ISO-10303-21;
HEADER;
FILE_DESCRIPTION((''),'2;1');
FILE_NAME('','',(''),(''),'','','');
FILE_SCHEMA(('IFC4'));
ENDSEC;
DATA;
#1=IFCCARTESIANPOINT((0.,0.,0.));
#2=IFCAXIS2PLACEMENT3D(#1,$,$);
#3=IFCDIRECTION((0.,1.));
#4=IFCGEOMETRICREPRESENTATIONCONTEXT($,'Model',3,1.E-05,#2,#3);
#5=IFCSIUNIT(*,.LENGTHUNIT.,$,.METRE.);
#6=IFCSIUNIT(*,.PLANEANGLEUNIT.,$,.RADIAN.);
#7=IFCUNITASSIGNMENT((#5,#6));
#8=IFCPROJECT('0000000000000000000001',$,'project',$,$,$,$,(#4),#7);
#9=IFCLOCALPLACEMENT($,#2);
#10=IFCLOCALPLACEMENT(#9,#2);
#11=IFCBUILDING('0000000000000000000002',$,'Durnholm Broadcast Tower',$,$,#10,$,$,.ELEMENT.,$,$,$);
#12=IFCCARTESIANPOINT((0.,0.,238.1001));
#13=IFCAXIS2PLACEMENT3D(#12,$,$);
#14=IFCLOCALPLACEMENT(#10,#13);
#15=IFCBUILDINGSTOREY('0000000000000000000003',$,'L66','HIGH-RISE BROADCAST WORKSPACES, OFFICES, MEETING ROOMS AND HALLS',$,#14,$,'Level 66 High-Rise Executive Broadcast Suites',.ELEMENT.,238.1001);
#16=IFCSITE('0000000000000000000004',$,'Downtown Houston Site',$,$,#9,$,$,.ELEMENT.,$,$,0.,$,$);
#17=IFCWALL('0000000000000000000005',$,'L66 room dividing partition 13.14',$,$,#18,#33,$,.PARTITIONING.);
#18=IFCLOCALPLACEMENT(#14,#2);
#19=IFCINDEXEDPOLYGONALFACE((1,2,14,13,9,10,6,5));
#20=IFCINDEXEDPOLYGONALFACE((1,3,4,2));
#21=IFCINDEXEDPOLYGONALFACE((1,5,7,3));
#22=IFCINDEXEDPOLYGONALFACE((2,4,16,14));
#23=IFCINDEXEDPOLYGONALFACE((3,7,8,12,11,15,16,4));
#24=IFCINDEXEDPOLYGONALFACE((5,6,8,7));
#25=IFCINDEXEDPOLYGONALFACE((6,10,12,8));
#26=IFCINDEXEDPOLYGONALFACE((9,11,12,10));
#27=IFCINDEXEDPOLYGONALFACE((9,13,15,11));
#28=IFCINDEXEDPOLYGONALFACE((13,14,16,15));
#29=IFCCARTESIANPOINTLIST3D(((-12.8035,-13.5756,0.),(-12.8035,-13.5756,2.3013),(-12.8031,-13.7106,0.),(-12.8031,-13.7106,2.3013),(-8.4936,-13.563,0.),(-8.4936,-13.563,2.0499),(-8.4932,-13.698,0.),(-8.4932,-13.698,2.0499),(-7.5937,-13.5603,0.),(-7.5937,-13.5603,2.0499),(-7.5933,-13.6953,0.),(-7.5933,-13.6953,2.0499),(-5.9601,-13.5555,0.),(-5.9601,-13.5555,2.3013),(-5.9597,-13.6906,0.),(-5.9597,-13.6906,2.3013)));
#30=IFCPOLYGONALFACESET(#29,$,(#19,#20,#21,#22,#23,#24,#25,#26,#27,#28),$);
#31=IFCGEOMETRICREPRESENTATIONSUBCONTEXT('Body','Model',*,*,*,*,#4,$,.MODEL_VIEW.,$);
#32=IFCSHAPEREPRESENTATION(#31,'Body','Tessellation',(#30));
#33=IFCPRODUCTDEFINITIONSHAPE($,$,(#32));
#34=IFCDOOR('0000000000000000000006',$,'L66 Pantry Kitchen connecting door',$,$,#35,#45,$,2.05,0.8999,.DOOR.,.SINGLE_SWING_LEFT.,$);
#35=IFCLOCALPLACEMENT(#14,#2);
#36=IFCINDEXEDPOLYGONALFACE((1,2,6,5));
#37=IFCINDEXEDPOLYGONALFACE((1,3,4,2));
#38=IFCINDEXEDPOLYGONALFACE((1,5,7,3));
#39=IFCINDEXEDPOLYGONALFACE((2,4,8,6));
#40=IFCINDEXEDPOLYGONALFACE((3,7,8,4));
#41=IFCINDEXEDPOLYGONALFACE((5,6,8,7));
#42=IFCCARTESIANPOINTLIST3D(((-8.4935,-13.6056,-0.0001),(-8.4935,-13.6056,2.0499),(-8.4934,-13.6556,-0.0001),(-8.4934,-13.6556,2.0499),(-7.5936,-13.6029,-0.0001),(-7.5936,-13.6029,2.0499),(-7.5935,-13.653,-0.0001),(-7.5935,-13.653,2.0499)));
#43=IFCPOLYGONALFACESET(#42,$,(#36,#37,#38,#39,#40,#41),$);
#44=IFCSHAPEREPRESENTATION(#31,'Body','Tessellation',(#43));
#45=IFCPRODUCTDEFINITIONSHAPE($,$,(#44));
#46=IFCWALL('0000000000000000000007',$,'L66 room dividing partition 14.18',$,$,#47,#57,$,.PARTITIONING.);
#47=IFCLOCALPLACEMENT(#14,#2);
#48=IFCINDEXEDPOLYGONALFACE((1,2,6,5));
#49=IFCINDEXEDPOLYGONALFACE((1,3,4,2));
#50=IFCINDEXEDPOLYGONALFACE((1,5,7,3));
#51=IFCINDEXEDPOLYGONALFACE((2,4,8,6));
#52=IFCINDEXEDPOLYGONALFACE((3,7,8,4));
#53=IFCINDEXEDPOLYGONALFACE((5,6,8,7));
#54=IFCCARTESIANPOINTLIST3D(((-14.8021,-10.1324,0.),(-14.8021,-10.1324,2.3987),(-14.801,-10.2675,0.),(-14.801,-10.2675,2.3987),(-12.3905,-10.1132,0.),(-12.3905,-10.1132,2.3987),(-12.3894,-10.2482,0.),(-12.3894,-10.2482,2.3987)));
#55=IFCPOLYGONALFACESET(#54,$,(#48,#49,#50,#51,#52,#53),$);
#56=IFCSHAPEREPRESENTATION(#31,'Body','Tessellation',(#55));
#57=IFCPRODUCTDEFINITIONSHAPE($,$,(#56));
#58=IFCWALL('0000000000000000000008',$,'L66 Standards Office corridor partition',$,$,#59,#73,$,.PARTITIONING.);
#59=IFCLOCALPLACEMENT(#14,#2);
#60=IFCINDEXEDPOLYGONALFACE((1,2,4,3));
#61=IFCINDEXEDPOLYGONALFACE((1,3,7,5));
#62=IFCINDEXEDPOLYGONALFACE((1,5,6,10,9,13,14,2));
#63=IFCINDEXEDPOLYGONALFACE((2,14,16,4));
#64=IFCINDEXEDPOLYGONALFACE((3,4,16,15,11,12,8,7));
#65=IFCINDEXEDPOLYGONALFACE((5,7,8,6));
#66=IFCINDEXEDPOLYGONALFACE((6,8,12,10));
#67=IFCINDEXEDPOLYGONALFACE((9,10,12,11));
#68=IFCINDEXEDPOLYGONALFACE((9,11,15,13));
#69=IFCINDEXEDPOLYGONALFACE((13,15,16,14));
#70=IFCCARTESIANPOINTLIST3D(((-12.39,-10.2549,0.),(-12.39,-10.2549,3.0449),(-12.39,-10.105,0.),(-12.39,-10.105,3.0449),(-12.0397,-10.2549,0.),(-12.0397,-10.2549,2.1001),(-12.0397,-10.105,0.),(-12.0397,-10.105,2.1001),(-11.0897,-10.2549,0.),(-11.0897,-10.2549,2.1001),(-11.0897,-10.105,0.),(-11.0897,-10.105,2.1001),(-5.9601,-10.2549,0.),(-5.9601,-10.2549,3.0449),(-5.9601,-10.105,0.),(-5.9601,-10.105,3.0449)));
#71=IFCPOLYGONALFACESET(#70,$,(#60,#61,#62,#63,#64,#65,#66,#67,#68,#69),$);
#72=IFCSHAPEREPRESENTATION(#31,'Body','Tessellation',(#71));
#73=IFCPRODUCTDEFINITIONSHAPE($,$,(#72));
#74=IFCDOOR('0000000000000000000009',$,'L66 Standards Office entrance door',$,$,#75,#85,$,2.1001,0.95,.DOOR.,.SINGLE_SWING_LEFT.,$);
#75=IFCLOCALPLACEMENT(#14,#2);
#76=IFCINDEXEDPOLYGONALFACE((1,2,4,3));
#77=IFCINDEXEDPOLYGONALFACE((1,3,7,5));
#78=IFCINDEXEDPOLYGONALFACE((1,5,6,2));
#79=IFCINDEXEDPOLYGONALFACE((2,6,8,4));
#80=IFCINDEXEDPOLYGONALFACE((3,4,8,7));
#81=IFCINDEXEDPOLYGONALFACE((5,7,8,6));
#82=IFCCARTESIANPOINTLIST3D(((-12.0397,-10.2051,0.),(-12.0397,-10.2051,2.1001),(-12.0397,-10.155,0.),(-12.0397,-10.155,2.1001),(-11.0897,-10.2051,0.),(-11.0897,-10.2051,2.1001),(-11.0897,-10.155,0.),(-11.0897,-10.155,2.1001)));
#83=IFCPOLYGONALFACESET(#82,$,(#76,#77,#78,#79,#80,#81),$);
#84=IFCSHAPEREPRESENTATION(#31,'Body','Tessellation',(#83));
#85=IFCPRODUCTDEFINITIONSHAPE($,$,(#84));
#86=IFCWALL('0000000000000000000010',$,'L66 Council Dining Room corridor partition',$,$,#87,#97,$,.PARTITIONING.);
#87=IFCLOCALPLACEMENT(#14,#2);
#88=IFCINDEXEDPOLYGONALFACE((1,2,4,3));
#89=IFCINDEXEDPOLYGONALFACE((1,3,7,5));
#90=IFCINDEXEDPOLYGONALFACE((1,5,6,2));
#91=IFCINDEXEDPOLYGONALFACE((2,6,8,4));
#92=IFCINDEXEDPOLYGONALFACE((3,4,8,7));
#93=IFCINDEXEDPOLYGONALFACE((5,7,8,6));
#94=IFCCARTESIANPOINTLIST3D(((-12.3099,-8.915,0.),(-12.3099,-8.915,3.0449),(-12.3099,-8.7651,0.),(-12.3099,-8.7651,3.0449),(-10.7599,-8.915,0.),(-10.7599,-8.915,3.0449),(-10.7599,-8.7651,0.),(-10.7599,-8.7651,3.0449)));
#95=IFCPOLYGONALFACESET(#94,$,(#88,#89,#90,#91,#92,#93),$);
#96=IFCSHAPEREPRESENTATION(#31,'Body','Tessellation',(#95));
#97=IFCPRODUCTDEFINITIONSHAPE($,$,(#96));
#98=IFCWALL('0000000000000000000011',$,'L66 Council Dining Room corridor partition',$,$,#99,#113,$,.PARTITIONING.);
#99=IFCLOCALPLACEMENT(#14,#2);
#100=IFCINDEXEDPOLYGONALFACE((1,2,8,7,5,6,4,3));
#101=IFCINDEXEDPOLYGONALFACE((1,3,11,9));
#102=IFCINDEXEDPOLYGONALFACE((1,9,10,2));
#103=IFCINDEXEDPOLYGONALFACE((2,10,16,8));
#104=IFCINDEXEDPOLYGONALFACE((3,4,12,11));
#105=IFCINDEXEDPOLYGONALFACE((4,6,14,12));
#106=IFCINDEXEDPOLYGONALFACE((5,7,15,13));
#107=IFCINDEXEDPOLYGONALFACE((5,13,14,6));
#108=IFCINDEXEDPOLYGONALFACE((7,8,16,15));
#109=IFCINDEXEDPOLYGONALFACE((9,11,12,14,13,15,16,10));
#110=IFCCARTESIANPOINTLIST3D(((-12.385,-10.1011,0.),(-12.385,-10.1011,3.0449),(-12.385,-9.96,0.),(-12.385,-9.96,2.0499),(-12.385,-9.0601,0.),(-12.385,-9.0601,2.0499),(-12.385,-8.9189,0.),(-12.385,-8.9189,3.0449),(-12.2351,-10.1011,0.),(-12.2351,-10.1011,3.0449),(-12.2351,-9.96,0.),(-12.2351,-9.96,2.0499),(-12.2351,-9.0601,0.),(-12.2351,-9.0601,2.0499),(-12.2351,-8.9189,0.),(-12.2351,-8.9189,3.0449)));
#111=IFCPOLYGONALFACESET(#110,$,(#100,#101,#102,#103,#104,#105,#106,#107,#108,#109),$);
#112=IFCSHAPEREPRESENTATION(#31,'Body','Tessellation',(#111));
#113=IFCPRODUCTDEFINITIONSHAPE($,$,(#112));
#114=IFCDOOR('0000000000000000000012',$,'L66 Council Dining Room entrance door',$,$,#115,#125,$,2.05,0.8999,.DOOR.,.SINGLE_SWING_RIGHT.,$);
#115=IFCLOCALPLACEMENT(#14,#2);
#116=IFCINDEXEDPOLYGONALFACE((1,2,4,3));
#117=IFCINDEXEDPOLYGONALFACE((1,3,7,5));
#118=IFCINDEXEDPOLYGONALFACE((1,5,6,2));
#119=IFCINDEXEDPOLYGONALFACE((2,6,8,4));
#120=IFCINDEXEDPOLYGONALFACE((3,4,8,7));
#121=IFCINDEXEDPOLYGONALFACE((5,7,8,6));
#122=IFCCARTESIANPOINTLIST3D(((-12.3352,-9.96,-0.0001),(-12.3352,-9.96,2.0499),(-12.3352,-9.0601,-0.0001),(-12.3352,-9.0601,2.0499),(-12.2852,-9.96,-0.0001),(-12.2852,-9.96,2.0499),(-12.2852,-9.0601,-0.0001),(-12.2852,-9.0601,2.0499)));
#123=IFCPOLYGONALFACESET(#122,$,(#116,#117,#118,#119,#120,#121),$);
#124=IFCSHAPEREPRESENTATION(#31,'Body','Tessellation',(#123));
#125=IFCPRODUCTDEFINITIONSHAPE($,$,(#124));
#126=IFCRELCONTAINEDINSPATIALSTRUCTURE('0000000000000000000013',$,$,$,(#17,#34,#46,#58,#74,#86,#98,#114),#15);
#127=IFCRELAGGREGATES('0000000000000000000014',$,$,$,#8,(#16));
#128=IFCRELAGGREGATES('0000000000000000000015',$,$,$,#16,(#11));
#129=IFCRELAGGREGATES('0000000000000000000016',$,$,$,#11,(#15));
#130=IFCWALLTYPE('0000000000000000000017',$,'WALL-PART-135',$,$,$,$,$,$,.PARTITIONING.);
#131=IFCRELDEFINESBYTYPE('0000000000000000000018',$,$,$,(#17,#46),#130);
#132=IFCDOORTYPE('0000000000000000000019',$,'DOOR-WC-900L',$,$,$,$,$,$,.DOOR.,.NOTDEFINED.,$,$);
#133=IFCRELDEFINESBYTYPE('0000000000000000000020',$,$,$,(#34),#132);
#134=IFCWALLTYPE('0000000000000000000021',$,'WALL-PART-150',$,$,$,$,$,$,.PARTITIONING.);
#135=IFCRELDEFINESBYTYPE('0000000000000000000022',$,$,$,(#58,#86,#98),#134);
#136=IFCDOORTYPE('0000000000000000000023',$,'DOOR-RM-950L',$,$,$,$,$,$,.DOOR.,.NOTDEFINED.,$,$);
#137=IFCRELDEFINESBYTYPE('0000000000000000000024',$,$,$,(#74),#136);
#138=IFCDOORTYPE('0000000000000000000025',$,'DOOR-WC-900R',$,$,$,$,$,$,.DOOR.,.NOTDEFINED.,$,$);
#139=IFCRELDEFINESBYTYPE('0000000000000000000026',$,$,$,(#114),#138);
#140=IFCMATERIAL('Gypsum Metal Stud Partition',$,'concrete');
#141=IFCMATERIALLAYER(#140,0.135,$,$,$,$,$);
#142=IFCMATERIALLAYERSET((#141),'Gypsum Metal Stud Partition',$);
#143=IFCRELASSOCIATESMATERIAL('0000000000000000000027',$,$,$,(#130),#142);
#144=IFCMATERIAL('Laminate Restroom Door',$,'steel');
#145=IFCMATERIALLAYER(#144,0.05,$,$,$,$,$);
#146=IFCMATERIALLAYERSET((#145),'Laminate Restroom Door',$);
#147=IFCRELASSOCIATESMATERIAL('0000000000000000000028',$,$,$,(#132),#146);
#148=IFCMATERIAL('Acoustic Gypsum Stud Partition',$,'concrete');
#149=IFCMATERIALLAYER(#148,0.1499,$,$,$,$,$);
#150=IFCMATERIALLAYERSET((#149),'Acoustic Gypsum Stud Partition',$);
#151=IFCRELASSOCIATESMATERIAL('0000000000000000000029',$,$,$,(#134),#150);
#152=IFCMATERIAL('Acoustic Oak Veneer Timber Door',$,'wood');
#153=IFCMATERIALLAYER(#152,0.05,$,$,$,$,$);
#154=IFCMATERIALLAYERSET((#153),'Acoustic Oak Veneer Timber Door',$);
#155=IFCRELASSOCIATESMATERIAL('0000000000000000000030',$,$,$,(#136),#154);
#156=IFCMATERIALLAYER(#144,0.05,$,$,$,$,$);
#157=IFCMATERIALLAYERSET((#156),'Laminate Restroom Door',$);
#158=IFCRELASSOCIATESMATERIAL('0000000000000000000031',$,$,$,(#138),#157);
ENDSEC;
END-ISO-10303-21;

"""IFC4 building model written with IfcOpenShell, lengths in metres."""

from ifc_helpers import new_model, si_unit, direction, frame, frame_2d, origin, place, context, subcontext, project, spatial, rectangle, extrude, source, transform, mapped, material, layer, layer_set, type_object, type_shapes, element, fill, save


model = new_model("IFC4")

# Units and contexts
model_context = context("Model", 3, precision=1e-05, world=origin(), true_north=direction((0.0, 1.0)))
body_context = subcontext(model_context, "Body", "Model", "MODEL_VIEW")
ifc_project = project(units=[si_unit("LENGTHUNIT", "METRE"), si_unit("PLANEANGLEUNIT", "RADIAN")], contexts=[model_context])

# Site, building, storey
site_placement = place(None, origin())
site = spatial("IfcSite", under=ifc_project, at=site_placement, Name="Downtown Houston Site", CompositionType="ELEMENT", RefElevation=0.0)
building_placement = place(site_placement, origin())
building = spatial("IfcBuilding", under=site, at=building_placement, Name="Durnholm Broadcast Tower", CompositionType="ELEMENT")
storey_placement = place(building_placement, frame((0.0, 0.0, 238.1001)))
storey = spatial("IfcBuildingStorey", under=building, at=storey_placement, Name="L66", Description="HIGH-RISE BROADCAST WORKSPACES, OFFICES, MEETING ROOMS AND HALLS", LongName="Level 66 High-Rise Executive Broadcast Suites", CompositionType="ELEMENT", Elevation=238.1001)

# Wall, opening, door
ifc_material_1 = material(Name="Gypsum Metal Stud Partition", Category="concrete")
ifc_layer_1 = layer(ifc_material_1, 0.135)
ifc_layer_set_1 = layer_set([ifc_layer_1], Name="Gypsum Metal Stud Partition")
wall_type_1 = type_object("IfcWallType", Name="WALL-PART-135", PredefinedType="PARTITIONING", material=ifc_layer_set_1)
wall_1_placement = place(storey_placement, frame((-12.8035, -13.6431, 0.0), z_axis=(0.0, 0.0, 1.0), x_axis=(0.999996, 0.002925, 0.0)))
wall_1 = element("IfcWall", 1, at=wall_1_placement, inside=storey, type_object=wall_type_1, Name="L66 room dividing partition 13.14", PredefinedType="PARTITIONING", context=body_context, shape_type="SweptSolid", body=[
    extrude(rectangle(XDim=6.8435, YDim=0.135, at=frame_2d((3.4219, 0.0))), origin(), (0.0, 0.0, 1.0), 2.3013),
])
opening_1_placement = place(wall_1_placement, frame((4.3101, 0.0, 0.0)))
opening_1 = element("IfcOpeningElement", 2, at=opening_1_placement, cuts=wall_1, PredefinedType="OPENING", context=body_context, shape_type="SweptSolid", body=[
    extrude(rectangle(XDim=0.8999, YDim=2.05, at=frame_2d((0.45, 1.0249))), frame((0.0, 0.0776, 0.0), z_axis=(0.0, -1.0, 0.0), x_axis=(1.0, 0.0, 0.0)), (0.0, 0.0, 1.0), 0.155),
])
ifc_material_2 = material(Name="Laminate Restroom Door", Category="steel")
ifc_layer_2 = layer(ifc_material_2, 0.05)
ifc_layer_set_2 = layer_set([ifc_layer_2], Name="Laminate Restroom Door")
door_type_1 = type_object("IfcDoorType", Name="DOOR-WC-900L", OperationType="NOTDEFINED", PredefinedType="DOOR", material=ifc_layer_set_2)
shared_shape_1 = source(origin(), body_context, "Body", "SweptSolid", [
    extrude(rectangle(XDim=0.8999, YDim=2.05, at=frame_2d((0.45, 1.0249))), frame((0.0, 0.0249, 0.0), z_axis=(0.0, -1.0, 0.0), x_axis=(1.0, 0.0, 0.0)), (0.0, 0.0, 1.0), 0.05),
])
type_shapes(door_type_1, [shared_shape_1])
door_1_placement = place(opening_1_placement, origin())
door_1 = element("IfcDoor", 3, at=door_1_placement, inside=storey, type_object=door_type_1, Name="L66 Pantry Kitchen connecting door", OperationType="SINGLE_SWING_LEFT", OverallHeight=2.05, OverallWidth=0.8999, PredefinedType="DOOR", context=body_context, shape_type="MappedRepresentation", body=[
    mapped(shared_shape_1, transform((0.0, 0.0, 0.0), x_axis=(1.0, 0.0, 0.0), y_axis=(0.0, 1.0, 0.0), z_axis=(0.0, 0.0, 1.0), scale=1.0)),
])
fill(opening_1, door_1)

# Wall
wall_2_placement = place(storey_placement, frame((-14.8015, -10.2, 0.0), z_axis=(0.0, 0.0, 1.0), x_axis=(0.999968, 0.007997, 0.0)))
element("IfcWall", 4, at=wall_2_placement, inside=storey, type_object=wall_type_1, Name="L66 room dividing partition 14.18", PredefinedType="PARTITIONING", context=body_context, shape_type="SweptSolid", body=[
    extrude(rectangle(XDim=2.4116, YDim=0.135, at=frame_2d((1.2058, 0.0))), origin(), (0.0, 0.0, 1.0), 2.3987),
])

# Wall, opening, door
ifc_material_3 = material(Name="Acoustic Gypsum Stud Partition", Category="concrete")
ifc_layer_3 = layer(ifc_material_3, 0.1499)
ifc_layer_set_3 = layer_set([ifc_layer_3], Name="Acoustic Gypsum Stud Partition")
wall_type_2 = type_object("IfcWallType", Name="WALL-PART-150", PredefinedType="PARTITIONING", material=ifc_layer_set_3)
wall_3_placement = place(storey_placement, frame((-12.3899, -10.1799, 0.0), z_axis=(0.0, 0.0, 1.0), x_axis=(1.0, 0.0, 0.0)))
wall_3 = element("IfcWall", 5, at=wall_3_placement, inside=storey, type_object=wall_type_2, Name="L66 Standards Office corridor partition", PredefinedType="PARTITIONING", context=body_context, shape_type="SweptSolid", body=[
    extrude(rectangle(XDim=6.4299, YDim=0.1499, at=frame_2d((3.2148, 0.0))), origin(), (0.0, 0.0, 1.0), 3.0449),
])
opening_2_placement = place(wall_3_placement, frame((0.3501, 0.0, 0.0)))
opening_2 = element("IfcOpeningElement", 6, at=opening_2_placement, cuts=wall_3, PredefinedType="OPENING", context=body_context, shape_type="SweptSolid", body=[
    extrude(rectangle(XDim=0.95, YDim=2.1001, at=frame_2d((0.4751, 1.05))), frame((0.0, 0.085, 0.0), z_axis=(0.0, -1.0, 0.0), x_axis=(1.0, 0.0, 0.0)), (0.0, 0.0, 1.0), 0.1699),
])
ifc_material_4 = material(Name="Acoustic Oak Veneer Timber Door", Category="wood")
ifc_layer_4 = layer(ifc_material_4, 0.05)
ifc_layer_set_4 = layer_set([ifc_layer_4], Name="Acoustic Oak Veneer Timber Door")
door_type_2 = type_object("IfcDoorType", Name="DOOR-RM-950L", OperationType="NOTDEFINED", PredefinedType="DOOR", material=ifc_layer_set_4)
shared_shape_2 = source(origin(), body_context, "Body", "SweptSolid", [
    extrude(rectangle(XDim=0.95, YDim=2.1001, at=frame_2d((0.4751, 1.05))), frame((0.0, 0.0249, 0.0), z_axis=(0.0, -1.0, 0.0), x_axis=(1.0, 0.0, 0.0)), (0.0, 0.0, 1.0), 0.05),
])
type_shapes(door_type_2, [shared_shape_2])
door_2_placement = place(opening_2_placement, origin())
door_2 = element("IfcDoor", 7, at=door_2_placement, inside=storey, type_object=door_type_2, Name="L66 Standards Office entrance door", OperationType="SINGLE_SWING_LEFT", OverallHeight=2.1001, OverallWidth=0.95, PredefinedType="DOOR", context=body_context, shape_type="MappedRepresentation", body=[
    mapped(shared_shape_2, transform((0.0, 0.0, 0.0), x_axis=(1.0, 0.0, 0.0), y_axis=(0.0, 1.0, 0.0), z_axis=(0.0, 0.0, 1.0), scale=1.0)),
])
fill(opening_2, door_2)

# Wall
wall_4_placement = place(storey_placement, frame((-10.76, -8.8401, 0.0), z_axis=(0.0, 0.0, 1.0), x_axis=(-1.0, 0.0, 0.0)))
element("IfcWall", 8, at=wall_4_placement, inside=storey, type_object=wall_type_2, Name="L66 Council Dining Room corridor partition", PredefinedType="PARTITIONING", context=body_context, shape_type="SweptSolid", body=[
    extrude(rectangle(XDim=1.55, YDim=0.1499, at=frame_2d((0.7749, 0.0))), origin(), (0.0, 0.0, 1.0), 3.0449),
])

# Wall, opening, door
wall_5_placement = place(storey_placement, frame((-12.3101, -8.9189, 0.0), z_axis=(0.0, 0.0, 1.0), x_axis=(0.0, -1.0, 0.0)))
wall_5 = element("IfcWall", 9, at=wall_5_placement, inside=storey, type_object=wall_type_2, Name="L66 Council Dining Room corridor partition", PredefinedType="PARTITIONING", context=body_context, shape_type="SweptSolid", body=[
    extrude(rectangle(XDim=1.1821, YDim=0.1499, at=frame_2d((0.5911, 0.0))), origin(), (0.0, 0.0, 1.0), 3.0449),
])
opening_3_placement = place(wall_5_placement, frame((0.1411, 0.0, 0.0)))
opening_3 = element("IfcOpeningElement", 10, at=opening_3_placement, cuts=wall_5, PredefinedType="OPENING", context=body_context, shape_type="SweptSolid", body=[
    extrude(rectangle(XDim=0.8999, YDim=2.05, at=frame_2d((0.45, 1.0249))), frame((0.0, 0.085, 0.0), z_axis=(0.0, -1.0, 0.0), x_axis=(1.0, 0.0, 0.0)), (0.0, 0.0, 1.0), 0.1699),
])
ifc_layer_5 = layer(ifc_material_2, 0.05)
ifc_layer_set_5 = layer_set([ifc_layer_5], Name="Laminate Restroom Door")
door_type_3 = type_object("IfcDoorType", Name="DOOR-WC-900R", OperationType="NOTDEFINED", PredefinedType="DOOR", material=ifc_layer_set_5)
shared_shape_3 = source(origin(), body_context, "Body", "SweptSolid", [
    extrude(rectangle(XDim=0.8999, YDim=2.05, at=frame_2d((0.45, 1.0249))), frame((0.0, 0.0249, 0.0), z_axis=(0.0, -1.0, 0.0), x_axis=(1.0, 0.0, 0.0)), (0.0, 0.0, 1.0), 0.05),
])
type_shapes(door_type_3, [shared_shape_3])
door_3_placement = place(opening_3_placement, origin())
door_3 = element("IfcDoor", 11, at=door_3_placement, inside=storey, type_object=door_type_3, Name="L66 Council Dining Room entrance door", OperationType="SINGLE_SWING_RIGHT", OverallHeight=2.05, OverallWidth=0.8999, PredefinedType="DOOR", context=body_context, shape_type="MappedRepresentation", body=[
    mapped(shared_shape_3, transform((0.0, 0.0, 0.0), x_axis=(1.0, 0.0, 0.0), y_axis=(0.0, 1.0, 0.0), z_axis=(0.0, 0.0, 1.0), scale=1.0)),
])
fill(opening_3, door_3)

save(model, "model.ifc")
